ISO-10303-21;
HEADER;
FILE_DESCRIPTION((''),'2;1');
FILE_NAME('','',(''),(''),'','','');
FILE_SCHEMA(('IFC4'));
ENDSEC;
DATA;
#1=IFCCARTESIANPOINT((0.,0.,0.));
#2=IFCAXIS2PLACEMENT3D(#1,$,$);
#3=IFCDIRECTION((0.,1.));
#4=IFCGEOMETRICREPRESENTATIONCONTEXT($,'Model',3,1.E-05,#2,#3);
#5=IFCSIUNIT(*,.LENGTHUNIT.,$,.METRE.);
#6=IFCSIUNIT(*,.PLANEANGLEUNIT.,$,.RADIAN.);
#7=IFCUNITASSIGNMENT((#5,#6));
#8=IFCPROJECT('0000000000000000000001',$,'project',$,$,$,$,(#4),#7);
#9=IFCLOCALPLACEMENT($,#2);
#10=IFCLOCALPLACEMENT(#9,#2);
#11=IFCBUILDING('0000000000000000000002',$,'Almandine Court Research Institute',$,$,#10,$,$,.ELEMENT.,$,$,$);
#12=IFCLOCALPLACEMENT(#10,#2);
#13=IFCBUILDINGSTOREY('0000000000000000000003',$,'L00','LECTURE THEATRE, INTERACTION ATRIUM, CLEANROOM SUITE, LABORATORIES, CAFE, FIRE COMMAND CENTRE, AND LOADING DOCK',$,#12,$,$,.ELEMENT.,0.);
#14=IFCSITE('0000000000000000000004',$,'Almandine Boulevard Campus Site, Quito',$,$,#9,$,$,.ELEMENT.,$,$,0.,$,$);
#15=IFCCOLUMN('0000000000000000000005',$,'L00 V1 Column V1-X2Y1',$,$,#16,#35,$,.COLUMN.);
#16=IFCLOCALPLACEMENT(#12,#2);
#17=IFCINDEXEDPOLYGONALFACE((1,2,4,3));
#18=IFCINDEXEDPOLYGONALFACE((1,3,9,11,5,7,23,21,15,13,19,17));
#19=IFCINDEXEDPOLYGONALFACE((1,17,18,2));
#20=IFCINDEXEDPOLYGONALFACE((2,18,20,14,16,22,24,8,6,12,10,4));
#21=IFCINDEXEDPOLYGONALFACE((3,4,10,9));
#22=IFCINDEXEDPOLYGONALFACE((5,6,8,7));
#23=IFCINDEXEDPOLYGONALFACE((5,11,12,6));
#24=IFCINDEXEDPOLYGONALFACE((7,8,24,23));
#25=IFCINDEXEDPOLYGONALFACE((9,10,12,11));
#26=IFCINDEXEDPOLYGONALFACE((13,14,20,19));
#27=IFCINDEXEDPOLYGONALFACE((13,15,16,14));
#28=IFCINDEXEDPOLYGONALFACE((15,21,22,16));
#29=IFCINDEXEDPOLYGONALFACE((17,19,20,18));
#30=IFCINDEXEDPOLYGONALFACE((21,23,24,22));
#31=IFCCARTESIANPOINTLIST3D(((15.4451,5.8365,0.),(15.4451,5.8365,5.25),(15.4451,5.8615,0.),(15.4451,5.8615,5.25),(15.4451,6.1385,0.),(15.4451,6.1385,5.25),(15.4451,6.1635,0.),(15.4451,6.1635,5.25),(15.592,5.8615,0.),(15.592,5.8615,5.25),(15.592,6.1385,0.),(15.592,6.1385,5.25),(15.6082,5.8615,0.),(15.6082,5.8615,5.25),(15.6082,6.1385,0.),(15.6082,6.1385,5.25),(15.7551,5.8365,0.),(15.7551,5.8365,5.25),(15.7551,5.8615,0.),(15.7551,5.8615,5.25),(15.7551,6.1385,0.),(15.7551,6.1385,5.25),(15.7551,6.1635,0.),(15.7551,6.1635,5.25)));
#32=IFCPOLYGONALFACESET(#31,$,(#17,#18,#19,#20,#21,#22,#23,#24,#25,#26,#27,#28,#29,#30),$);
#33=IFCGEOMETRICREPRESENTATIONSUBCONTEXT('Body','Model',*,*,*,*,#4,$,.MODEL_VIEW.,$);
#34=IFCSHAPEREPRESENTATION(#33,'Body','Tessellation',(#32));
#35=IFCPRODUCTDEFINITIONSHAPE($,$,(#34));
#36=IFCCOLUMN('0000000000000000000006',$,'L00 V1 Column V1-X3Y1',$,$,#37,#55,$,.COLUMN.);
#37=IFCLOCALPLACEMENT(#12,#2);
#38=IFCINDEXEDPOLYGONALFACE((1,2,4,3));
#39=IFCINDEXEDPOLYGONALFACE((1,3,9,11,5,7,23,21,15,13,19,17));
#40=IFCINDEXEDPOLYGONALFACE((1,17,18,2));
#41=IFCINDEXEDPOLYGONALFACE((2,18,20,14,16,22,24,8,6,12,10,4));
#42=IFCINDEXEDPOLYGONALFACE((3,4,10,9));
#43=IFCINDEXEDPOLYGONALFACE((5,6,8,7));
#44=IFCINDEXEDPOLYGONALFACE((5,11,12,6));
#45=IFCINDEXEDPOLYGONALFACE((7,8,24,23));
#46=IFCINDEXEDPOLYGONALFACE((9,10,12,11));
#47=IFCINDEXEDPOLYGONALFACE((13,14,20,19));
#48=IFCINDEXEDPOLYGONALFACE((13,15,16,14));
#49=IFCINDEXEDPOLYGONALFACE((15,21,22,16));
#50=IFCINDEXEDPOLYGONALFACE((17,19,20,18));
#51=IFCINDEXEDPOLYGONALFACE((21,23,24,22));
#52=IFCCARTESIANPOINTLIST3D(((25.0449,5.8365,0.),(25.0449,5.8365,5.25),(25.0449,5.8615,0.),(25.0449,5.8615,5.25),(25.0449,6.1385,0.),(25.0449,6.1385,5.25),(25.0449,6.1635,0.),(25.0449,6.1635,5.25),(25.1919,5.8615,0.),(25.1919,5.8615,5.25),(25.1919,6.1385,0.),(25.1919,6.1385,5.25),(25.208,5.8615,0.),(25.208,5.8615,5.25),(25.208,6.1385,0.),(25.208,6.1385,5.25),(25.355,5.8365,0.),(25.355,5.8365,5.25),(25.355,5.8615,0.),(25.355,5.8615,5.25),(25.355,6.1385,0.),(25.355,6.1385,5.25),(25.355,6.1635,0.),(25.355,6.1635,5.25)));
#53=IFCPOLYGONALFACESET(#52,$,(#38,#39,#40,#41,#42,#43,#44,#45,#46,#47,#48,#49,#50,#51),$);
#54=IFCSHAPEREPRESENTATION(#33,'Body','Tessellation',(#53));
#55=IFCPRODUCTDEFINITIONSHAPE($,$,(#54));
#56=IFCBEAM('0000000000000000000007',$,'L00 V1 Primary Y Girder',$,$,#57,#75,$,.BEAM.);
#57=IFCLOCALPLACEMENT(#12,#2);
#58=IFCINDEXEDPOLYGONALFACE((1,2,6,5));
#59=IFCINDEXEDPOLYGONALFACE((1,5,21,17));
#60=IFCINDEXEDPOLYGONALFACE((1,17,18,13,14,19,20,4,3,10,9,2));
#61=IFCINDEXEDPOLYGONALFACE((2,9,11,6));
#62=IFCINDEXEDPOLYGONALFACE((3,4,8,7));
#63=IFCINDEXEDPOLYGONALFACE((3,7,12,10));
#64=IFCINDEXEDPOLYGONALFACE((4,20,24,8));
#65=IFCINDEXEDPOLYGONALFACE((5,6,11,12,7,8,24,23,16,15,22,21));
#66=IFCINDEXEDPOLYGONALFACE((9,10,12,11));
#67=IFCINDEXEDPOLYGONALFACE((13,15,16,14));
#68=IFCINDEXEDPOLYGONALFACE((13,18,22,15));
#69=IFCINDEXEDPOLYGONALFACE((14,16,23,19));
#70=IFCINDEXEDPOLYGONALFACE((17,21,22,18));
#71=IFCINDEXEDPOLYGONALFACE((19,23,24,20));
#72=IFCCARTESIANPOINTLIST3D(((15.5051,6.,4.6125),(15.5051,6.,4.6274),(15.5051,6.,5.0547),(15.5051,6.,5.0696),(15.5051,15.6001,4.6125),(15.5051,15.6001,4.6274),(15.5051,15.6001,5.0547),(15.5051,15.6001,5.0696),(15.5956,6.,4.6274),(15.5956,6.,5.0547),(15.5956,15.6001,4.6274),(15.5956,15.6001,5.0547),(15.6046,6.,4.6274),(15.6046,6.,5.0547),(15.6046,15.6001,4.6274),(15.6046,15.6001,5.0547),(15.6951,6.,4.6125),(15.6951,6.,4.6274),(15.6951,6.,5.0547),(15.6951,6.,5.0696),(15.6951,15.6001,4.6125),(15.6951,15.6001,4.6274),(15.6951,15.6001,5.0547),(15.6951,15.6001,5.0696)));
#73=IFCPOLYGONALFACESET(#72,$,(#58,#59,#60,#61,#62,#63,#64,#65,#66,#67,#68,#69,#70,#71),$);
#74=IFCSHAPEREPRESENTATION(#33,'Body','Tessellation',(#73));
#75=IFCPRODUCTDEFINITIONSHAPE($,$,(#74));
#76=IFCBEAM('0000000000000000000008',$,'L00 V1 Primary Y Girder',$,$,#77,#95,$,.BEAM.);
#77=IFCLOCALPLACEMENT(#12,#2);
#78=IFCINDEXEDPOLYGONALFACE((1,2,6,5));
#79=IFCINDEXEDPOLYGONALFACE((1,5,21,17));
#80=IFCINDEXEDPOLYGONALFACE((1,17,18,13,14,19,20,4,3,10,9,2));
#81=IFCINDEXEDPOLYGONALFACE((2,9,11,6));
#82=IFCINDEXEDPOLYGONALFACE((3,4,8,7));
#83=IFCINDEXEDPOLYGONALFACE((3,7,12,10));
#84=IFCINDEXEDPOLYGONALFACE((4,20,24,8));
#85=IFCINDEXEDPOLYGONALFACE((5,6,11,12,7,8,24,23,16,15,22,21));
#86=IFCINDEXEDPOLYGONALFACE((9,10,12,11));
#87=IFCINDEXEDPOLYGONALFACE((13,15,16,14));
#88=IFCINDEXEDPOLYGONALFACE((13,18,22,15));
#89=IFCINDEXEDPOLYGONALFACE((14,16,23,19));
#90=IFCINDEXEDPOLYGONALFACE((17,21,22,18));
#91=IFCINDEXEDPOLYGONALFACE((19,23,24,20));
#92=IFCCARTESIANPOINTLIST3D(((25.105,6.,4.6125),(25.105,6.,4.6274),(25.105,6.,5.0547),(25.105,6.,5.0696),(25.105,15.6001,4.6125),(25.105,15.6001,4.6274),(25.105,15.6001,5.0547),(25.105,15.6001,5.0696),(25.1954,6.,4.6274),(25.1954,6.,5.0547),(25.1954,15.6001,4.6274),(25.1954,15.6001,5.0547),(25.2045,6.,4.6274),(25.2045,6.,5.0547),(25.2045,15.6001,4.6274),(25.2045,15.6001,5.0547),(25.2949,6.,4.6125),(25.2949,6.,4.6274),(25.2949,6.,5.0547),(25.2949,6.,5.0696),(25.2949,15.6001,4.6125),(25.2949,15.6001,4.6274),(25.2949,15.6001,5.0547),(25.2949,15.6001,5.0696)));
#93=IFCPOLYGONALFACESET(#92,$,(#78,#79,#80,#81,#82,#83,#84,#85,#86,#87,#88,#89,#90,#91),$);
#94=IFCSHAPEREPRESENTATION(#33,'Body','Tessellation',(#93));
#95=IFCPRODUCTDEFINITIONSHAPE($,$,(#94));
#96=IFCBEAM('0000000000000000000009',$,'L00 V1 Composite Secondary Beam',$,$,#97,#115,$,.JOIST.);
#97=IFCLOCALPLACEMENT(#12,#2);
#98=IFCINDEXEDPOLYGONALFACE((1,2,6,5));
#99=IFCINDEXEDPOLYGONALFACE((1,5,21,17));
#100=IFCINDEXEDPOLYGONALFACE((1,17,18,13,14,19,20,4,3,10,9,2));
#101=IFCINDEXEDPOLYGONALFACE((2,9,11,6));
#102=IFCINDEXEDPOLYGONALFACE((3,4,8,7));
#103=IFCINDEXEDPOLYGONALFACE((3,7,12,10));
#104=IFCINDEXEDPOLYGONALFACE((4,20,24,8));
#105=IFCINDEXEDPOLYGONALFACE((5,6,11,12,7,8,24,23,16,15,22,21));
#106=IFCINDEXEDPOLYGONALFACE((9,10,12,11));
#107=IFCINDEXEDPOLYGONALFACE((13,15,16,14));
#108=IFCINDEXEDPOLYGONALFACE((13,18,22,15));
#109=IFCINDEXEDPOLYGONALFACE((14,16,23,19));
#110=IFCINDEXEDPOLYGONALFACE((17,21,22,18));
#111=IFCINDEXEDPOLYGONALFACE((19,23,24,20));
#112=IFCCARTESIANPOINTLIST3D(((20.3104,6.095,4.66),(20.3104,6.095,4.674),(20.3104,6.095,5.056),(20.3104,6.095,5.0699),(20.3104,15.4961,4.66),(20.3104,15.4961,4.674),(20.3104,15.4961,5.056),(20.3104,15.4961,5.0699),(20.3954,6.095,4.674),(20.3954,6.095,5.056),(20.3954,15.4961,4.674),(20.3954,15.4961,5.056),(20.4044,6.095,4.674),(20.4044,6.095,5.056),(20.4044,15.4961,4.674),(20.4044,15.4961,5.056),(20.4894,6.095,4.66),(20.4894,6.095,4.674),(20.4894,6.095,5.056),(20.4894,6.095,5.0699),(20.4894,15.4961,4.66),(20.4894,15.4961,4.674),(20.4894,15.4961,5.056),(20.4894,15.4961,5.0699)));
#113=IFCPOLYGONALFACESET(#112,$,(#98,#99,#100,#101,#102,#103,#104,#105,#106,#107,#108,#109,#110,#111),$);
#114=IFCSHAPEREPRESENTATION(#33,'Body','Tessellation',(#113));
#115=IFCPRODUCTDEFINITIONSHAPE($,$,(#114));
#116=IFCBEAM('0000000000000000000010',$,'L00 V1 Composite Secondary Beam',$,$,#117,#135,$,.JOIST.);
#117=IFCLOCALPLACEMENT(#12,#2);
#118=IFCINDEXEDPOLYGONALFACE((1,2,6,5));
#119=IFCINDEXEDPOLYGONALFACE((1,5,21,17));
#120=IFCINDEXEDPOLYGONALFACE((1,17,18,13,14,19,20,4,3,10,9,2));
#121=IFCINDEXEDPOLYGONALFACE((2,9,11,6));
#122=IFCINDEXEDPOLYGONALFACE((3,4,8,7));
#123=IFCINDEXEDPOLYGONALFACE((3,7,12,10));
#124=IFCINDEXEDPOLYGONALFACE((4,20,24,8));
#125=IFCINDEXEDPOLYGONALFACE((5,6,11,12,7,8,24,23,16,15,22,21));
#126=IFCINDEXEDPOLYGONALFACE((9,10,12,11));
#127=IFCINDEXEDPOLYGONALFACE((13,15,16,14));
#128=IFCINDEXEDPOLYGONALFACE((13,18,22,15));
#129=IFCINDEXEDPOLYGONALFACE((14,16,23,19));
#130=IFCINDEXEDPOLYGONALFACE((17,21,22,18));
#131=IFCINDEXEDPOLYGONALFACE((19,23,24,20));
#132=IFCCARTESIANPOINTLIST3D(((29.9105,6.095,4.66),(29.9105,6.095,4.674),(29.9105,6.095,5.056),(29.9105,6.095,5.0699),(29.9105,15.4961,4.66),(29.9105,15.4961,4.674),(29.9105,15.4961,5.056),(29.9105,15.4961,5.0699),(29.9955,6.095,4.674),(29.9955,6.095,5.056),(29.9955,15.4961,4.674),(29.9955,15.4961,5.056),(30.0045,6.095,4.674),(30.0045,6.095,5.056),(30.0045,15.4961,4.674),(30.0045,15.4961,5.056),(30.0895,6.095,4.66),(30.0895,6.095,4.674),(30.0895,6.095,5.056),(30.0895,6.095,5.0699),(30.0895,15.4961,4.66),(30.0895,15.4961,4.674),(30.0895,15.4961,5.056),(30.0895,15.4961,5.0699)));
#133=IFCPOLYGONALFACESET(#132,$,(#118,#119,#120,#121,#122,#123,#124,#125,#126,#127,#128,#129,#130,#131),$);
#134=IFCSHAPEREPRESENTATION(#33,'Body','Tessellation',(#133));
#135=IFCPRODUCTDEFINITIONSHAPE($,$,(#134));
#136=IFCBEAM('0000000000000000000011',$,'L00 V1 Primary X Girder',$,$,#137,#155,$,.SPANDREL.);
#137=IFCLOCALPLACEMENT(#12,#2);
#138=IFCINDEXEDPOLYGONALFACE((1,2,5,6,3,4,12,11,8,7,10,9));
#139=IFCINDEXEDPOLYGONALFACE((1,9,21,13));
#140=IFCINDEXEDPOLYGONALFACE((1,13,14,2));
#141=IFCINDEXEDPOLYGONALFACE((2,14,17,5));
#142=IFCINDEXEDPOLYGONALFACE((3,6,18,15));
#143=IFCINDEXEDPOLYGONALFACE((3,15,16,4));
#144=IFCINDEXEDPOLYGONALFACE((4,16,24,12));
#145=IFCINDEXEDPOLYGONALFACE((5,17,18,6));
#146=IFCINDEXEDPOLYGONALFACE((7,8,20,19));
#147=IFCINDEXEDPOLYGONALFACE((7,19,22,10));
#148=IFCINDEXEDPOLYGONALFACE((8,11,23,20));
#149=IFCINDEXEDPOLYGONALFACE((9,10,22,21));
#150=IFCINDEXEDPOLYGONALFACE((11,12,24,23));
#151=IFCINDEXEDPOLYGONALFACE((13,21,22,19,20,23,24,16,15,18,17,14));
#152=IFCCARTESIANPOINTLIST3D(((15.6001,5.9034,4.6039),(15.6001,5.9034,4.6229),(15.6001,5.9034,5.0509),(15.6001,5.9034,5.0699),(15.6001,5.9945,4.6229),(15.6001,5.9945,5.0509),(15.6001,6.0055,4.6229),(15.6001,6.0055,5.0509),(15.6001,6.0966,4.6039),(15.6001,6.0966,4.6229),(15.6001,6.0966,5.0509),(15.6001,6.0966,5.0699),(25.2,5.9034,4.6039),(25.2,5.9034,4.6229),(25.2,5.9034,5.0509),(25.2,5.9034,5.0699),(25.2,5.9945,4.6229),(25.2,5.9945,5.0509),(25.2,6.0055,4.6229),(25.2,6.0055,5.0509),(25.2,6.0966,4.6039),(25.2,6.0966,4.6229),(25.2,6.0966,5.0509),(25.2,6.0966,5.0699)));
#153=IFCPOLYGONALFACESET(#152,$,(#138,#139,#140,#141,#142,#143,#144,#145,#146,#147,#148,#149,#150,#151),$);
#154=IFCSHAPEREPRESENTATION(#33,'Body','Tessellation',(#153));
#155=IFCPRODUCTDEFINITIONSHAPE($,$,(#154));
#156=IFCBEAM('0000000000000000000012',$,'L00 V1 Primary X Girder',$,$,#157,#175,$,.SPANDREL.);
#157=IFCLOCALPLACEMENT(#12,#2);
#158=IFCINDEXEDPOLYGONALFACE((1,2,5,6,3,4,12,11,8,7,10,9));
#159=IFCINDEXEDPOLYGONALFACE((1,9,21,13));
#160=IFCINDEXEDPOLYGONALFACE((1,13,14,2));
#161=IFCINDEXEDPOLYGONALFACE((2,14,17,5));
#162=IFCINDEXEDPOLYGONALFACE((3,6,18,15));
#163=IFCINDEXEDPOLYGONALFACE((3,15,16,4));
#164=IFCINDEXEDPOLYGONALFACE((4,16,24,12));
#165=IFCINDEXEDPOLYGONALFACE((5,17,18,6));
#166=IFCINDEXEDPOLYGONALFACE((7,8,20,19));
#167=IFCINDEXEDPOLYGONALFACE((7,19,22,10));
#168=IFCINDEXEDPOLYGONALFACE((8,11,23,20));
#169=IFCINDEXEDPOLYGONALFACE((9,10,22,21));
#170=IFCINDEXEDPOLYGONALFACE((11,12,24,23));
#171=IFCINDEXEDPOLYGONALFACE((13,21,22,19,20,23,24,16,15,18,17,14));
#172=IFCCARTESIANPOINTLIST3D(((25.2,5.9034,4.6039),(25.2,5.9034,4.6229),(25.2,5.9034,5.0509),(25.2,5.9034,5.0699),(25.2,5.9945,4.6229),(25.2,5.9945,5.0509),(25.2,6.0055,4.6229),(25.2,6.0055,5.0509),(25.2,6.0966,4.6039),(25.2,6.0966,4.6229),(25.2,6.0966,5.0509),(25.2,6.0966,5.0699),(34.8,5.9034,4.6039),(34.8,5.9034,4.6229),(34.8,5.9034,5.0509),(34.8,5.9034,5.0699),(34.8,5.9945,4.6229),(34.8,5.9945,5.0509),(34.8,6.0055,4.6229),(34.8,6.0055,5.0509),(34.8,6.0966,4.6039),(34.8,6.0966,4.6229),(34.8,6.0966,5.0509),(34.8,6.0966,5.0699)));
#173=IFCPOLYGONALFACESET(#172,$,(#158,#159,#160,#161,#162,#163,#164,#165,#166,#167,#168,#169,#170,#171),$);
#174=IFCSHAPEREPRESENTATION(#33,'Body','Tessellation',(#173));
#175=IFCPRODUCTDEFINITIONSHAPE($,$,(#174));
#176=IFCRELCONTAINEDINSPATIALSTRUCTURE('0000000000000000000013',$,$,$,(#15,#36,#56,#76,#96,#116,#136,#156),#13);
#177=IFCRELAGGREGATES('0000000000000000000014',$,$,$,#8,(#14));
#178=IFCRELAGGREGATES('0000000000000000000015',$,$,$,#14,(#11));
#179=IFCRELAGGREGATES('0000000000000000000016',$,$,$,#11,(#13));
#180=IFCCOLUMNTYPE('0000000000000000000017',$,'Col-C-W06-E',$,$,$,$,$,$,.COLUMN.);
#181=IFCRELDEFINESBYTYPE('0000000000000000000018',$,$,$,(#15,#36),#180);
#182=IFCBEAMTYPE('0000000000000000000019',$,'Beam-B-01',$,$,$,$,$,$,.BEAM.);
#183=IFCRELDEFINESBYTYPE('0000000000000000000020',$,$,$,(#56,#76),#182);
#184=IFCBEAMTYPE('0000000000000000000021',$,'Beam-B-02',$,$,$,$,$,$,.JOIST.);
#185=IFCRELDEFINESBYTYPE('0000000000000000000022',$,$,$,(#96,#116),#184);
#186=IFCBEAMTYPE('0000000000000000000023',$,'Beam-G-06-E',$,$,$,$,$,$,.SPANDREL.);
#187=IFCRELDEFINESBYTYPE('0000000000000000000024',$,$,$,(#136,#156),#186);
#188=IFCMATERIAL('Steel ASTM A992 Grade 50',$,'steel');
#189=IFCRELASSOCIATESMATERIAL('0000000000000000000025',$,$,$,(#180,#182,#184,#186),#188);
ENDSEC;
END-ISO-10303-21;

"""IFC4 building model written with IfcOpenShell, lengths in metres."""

from ifc_helpers import new_model, si_unit, direction, frame, origin, origin_2d, place, context, subcontext, project, spatial, i_section, extrude, material, material_profile, profile_set, type_object, element, save


model = new_model("IFC4")

# Units and contexts
model_context = context("Model", 3, precision=1e-05, world=origin(), true_north=direction((0.0, 1.0)))
body_context = subcontext(model_context, "Body", "Model", "MODEL_VIEW")
ifc_project = project(units=[si_unit("LENGTHUNIT", "METRE"), si_unit("PLANEANGLEUNIT", "RADIAN")], contexts=[model_context])

# Site, building, storey
site_placement = place(None, origin())
site = spatial("IfcSite", under=ifc_project, at=site_placement, Name="Almandine Boulevard Campus Site, Quito", CompositionType="ELEMENT", RefElevation=0.0)
building_placement = place(site_placement, origin())
building = spatial("IfcBuilding", under=site, at=building_placement, Name="Almandine Court Research Institute", CompositionType="ELEMENT")
storey_placement = place(building_placement, origin())
storey = spatial("IfcBuildingStorey", under=building, at=storey_placement, Name="L00", Description="LECTURE THEATRE, INTERACTION ATRIUM, CLEANROOM SUITE, LABORATORIES, CAFE, FIRE COMMAND CENTRE, AND LOADING DOCK", CompositionType="ELEMENT", Elevation=0.0)

# Columns
ifc_material_1 = material(Name="Steel ASTM A992 Grade 50", Category="steel")
ifc_material_profile_1 = material_profile(ifc_material_1, i_section(OverallWidth=0.3101, OverallDepth=0.3269, WebThickness=0.0161, FlangeThickness=0.0249, at=origin_2d()), Name="W310x158")
ifc_profile_set_1 = profile_set([ifc_material_profile_1], Name="Steel ASTM A992 Grade 50")
column_type = type_object("IfcColumnType", Name="Col-C-W06-E", PredefinedType="COLUMN", material=ifc_profile_set_1)
for number, where, z_axis, x_axis, name in (
    (1, (15.6001, 6.0, 0.0), (0.0, 0.0, 1.0), (1.0, 0.0, 0.0), "L00 V1 Column V1-X2Y1"),
    (2, (25.2, 6.0, 0.0), (0.0, 0.0, 1.0), (1.0, 0.0, 0.0), "L00 V1 Column V1-X3Y1"),
):
    element("IfcColumn", number, at=place(storey_placement, frame(where, z_axis=z_axis, x_axis=x_axis)), inside=storey, type_object=column_type, Name=name, PredefinedType="COLUMN", context=body_context, shape_type="SweptSolid", body=[
        extrude(i_section(OverallWidth=0.3101, OverallDepth=0.3269, WebThickness=0.0161, FlangeThickness=0.0249, at=origin_2d()), origin(), (0.0, 0.0, 1.0), 5.25),
    ])

# Beams
ifc_material_profile_2 = material_profile(ifc_material_1, i_section(OverallWidth=0.1899, OverallDepth=0.457, WebThickness=0.009, FlangeThickness=0.0149, at=origin_2d()), Name="W460x74")
ifc_profile_set_2 = profile_set([ifc_material_profile_2], Name="Steel ASTM A992 Grade 50")
beam_type_1 = type_object("IfcBeamType", Name="Beam-B-01", PredefinedType="BEAM", material=ifc_profile_set_2)
for number, where, z_axis, x_axis, name in (
    (3, (15.6001, 6.0, 4.8411), (0.0, 1.0, 0.0), (-1.0, 0.0, 0.0), "L00 V1 Primary Y Girder"),
    (4, (25.2, 6.0, 4.8411), (0.0, 1.0, 0.0), (-1.0, 0.0, 0.0), "L00 V1 Primary Y Girder"),
):
    element("IfcBeam", number, at=place(storey_placement, frame(where, z_axis=z_axis, x_axis=x_axis)), inside=storey, type_object=beam_type_1, Name=name, PredefinedType="BEAM", context=body_context, shape_type="SweptSolid", body=[
        extrude(i_section(OverallWidth=0.1899, OverallDepth=0.457, WebThickness=0.009, FlangeThickness=0.0149, at=origin_2d()), origin(), (0.0, 0.0, 1.0), 9.6001),
    ])
ifc_material_profile_3 = material_profile(ifc_material_1, i_section(OverallWidth=0.179, OverallDepth=0.4099, WebThickness=0.009, FlangeThickness=0.0139, at=origin_2d()), Name="W410x67")
ifc_profile_set_3 = profile_set([ifc_material_profile_3], Name="Steel ASTM A992 Grade 50")
beam_type_2 = type_object("IfcBeamType", Name="Beam-B-02", PredefinedType="JOIST", material=ifc_profile_set_3)
for number, where, z_axis, x_axis, name in (
    (5, (20.3999, 6.095, 4.865), (0.0, 1.0, 0.0), (-1.0, 0.0, 0.0), "L00 V1 Composite Secondary Beam"),
    (6, (30.0, 6.095, 4.865), (0.0, 1.0, 0.0), (-1.0, 0.0, 0.0), "L00 V1 Composite Secondary Beam"),
):
    element("IfcBeam", number, at=place(storey_placement, frame(where, z_axis=z_axis, x_axis=x_axis)), inside=storey, type_object=beam_type_2, Name=name, PredefinedType="JOIST", context=body_context, shape_type="SweptSolid", body=[
        extrude(i_section(OverallWidth=0.179, OverallDepth=0.4099, WebThickness=0.009, FlangeThickness=0.0139, at=origin_2d()), origin(), (0.0, 0.0, 1.0), 9.4011),
    ])
ifc_material_profile_4 = material_profile(ifc_material_1, i_section(OverallWidth=0.1931, OverallDepth=0.4661, WebThickness=0.011, FlangeThickness=0.019, at=origin_2d()), Name="W460x97")
ifc_profile_set_4 = profile_set([ifc_material_profile_4], Name="Steel ASTM A992 Grade 50")
beam_type_3 = type_object("IfcBeamType", Name="Beam-G-06-E", PredefinedType="SPANDREL", material=ifc_profile_set_4)
beam_1_placement = place(storey_placement, frame((15.6001, 6.0, 4.8369), z_axis=(1.0, 0.0, 0.0), x_axis=(0.0, 1.0, 0.0)))
element("IfcBeam", 7, at=beam_1_placement, inside=storey, type_object=beam_type_3, Name="L00 V1 Primary X Girder", PredefinedType="SPANDREL", context=body_context, shape_type="SweptSolid", body=[
    extrude(i_section(OverallWidth=0.1931, OverallDepth=0.4661, WebThickness=0.011, FlangeThickness=0.019, at=origin_2d()), origin(), (0.0, 0.0, 1.0), 9.5999),
])
beam_2_placement = place(storey_placement, frame((25.2, 6.0, 4.8369), z_axis=(1.0, 0.0, 0.0), x_axis=(0.0, 1.0, 0.0)))
element("IfcBeam", 8, at=beam_2_placement, inside=storey, type_object=beam_type_3, Name="L00 V1 Primary X Girder", PredefinedType="SPANDREL", context=body_context, shape_type="SweptSolid", body=[
    extrude(i_section(OverallWidth=0.1931, OverallDepth=0.4661, WebThickness=0.011, FlangeThickness=0.019, at=origin_2d()), origin(), (0.0, 0.0, 1.0), 9.6001),
])

save(model, "model.ifc")
